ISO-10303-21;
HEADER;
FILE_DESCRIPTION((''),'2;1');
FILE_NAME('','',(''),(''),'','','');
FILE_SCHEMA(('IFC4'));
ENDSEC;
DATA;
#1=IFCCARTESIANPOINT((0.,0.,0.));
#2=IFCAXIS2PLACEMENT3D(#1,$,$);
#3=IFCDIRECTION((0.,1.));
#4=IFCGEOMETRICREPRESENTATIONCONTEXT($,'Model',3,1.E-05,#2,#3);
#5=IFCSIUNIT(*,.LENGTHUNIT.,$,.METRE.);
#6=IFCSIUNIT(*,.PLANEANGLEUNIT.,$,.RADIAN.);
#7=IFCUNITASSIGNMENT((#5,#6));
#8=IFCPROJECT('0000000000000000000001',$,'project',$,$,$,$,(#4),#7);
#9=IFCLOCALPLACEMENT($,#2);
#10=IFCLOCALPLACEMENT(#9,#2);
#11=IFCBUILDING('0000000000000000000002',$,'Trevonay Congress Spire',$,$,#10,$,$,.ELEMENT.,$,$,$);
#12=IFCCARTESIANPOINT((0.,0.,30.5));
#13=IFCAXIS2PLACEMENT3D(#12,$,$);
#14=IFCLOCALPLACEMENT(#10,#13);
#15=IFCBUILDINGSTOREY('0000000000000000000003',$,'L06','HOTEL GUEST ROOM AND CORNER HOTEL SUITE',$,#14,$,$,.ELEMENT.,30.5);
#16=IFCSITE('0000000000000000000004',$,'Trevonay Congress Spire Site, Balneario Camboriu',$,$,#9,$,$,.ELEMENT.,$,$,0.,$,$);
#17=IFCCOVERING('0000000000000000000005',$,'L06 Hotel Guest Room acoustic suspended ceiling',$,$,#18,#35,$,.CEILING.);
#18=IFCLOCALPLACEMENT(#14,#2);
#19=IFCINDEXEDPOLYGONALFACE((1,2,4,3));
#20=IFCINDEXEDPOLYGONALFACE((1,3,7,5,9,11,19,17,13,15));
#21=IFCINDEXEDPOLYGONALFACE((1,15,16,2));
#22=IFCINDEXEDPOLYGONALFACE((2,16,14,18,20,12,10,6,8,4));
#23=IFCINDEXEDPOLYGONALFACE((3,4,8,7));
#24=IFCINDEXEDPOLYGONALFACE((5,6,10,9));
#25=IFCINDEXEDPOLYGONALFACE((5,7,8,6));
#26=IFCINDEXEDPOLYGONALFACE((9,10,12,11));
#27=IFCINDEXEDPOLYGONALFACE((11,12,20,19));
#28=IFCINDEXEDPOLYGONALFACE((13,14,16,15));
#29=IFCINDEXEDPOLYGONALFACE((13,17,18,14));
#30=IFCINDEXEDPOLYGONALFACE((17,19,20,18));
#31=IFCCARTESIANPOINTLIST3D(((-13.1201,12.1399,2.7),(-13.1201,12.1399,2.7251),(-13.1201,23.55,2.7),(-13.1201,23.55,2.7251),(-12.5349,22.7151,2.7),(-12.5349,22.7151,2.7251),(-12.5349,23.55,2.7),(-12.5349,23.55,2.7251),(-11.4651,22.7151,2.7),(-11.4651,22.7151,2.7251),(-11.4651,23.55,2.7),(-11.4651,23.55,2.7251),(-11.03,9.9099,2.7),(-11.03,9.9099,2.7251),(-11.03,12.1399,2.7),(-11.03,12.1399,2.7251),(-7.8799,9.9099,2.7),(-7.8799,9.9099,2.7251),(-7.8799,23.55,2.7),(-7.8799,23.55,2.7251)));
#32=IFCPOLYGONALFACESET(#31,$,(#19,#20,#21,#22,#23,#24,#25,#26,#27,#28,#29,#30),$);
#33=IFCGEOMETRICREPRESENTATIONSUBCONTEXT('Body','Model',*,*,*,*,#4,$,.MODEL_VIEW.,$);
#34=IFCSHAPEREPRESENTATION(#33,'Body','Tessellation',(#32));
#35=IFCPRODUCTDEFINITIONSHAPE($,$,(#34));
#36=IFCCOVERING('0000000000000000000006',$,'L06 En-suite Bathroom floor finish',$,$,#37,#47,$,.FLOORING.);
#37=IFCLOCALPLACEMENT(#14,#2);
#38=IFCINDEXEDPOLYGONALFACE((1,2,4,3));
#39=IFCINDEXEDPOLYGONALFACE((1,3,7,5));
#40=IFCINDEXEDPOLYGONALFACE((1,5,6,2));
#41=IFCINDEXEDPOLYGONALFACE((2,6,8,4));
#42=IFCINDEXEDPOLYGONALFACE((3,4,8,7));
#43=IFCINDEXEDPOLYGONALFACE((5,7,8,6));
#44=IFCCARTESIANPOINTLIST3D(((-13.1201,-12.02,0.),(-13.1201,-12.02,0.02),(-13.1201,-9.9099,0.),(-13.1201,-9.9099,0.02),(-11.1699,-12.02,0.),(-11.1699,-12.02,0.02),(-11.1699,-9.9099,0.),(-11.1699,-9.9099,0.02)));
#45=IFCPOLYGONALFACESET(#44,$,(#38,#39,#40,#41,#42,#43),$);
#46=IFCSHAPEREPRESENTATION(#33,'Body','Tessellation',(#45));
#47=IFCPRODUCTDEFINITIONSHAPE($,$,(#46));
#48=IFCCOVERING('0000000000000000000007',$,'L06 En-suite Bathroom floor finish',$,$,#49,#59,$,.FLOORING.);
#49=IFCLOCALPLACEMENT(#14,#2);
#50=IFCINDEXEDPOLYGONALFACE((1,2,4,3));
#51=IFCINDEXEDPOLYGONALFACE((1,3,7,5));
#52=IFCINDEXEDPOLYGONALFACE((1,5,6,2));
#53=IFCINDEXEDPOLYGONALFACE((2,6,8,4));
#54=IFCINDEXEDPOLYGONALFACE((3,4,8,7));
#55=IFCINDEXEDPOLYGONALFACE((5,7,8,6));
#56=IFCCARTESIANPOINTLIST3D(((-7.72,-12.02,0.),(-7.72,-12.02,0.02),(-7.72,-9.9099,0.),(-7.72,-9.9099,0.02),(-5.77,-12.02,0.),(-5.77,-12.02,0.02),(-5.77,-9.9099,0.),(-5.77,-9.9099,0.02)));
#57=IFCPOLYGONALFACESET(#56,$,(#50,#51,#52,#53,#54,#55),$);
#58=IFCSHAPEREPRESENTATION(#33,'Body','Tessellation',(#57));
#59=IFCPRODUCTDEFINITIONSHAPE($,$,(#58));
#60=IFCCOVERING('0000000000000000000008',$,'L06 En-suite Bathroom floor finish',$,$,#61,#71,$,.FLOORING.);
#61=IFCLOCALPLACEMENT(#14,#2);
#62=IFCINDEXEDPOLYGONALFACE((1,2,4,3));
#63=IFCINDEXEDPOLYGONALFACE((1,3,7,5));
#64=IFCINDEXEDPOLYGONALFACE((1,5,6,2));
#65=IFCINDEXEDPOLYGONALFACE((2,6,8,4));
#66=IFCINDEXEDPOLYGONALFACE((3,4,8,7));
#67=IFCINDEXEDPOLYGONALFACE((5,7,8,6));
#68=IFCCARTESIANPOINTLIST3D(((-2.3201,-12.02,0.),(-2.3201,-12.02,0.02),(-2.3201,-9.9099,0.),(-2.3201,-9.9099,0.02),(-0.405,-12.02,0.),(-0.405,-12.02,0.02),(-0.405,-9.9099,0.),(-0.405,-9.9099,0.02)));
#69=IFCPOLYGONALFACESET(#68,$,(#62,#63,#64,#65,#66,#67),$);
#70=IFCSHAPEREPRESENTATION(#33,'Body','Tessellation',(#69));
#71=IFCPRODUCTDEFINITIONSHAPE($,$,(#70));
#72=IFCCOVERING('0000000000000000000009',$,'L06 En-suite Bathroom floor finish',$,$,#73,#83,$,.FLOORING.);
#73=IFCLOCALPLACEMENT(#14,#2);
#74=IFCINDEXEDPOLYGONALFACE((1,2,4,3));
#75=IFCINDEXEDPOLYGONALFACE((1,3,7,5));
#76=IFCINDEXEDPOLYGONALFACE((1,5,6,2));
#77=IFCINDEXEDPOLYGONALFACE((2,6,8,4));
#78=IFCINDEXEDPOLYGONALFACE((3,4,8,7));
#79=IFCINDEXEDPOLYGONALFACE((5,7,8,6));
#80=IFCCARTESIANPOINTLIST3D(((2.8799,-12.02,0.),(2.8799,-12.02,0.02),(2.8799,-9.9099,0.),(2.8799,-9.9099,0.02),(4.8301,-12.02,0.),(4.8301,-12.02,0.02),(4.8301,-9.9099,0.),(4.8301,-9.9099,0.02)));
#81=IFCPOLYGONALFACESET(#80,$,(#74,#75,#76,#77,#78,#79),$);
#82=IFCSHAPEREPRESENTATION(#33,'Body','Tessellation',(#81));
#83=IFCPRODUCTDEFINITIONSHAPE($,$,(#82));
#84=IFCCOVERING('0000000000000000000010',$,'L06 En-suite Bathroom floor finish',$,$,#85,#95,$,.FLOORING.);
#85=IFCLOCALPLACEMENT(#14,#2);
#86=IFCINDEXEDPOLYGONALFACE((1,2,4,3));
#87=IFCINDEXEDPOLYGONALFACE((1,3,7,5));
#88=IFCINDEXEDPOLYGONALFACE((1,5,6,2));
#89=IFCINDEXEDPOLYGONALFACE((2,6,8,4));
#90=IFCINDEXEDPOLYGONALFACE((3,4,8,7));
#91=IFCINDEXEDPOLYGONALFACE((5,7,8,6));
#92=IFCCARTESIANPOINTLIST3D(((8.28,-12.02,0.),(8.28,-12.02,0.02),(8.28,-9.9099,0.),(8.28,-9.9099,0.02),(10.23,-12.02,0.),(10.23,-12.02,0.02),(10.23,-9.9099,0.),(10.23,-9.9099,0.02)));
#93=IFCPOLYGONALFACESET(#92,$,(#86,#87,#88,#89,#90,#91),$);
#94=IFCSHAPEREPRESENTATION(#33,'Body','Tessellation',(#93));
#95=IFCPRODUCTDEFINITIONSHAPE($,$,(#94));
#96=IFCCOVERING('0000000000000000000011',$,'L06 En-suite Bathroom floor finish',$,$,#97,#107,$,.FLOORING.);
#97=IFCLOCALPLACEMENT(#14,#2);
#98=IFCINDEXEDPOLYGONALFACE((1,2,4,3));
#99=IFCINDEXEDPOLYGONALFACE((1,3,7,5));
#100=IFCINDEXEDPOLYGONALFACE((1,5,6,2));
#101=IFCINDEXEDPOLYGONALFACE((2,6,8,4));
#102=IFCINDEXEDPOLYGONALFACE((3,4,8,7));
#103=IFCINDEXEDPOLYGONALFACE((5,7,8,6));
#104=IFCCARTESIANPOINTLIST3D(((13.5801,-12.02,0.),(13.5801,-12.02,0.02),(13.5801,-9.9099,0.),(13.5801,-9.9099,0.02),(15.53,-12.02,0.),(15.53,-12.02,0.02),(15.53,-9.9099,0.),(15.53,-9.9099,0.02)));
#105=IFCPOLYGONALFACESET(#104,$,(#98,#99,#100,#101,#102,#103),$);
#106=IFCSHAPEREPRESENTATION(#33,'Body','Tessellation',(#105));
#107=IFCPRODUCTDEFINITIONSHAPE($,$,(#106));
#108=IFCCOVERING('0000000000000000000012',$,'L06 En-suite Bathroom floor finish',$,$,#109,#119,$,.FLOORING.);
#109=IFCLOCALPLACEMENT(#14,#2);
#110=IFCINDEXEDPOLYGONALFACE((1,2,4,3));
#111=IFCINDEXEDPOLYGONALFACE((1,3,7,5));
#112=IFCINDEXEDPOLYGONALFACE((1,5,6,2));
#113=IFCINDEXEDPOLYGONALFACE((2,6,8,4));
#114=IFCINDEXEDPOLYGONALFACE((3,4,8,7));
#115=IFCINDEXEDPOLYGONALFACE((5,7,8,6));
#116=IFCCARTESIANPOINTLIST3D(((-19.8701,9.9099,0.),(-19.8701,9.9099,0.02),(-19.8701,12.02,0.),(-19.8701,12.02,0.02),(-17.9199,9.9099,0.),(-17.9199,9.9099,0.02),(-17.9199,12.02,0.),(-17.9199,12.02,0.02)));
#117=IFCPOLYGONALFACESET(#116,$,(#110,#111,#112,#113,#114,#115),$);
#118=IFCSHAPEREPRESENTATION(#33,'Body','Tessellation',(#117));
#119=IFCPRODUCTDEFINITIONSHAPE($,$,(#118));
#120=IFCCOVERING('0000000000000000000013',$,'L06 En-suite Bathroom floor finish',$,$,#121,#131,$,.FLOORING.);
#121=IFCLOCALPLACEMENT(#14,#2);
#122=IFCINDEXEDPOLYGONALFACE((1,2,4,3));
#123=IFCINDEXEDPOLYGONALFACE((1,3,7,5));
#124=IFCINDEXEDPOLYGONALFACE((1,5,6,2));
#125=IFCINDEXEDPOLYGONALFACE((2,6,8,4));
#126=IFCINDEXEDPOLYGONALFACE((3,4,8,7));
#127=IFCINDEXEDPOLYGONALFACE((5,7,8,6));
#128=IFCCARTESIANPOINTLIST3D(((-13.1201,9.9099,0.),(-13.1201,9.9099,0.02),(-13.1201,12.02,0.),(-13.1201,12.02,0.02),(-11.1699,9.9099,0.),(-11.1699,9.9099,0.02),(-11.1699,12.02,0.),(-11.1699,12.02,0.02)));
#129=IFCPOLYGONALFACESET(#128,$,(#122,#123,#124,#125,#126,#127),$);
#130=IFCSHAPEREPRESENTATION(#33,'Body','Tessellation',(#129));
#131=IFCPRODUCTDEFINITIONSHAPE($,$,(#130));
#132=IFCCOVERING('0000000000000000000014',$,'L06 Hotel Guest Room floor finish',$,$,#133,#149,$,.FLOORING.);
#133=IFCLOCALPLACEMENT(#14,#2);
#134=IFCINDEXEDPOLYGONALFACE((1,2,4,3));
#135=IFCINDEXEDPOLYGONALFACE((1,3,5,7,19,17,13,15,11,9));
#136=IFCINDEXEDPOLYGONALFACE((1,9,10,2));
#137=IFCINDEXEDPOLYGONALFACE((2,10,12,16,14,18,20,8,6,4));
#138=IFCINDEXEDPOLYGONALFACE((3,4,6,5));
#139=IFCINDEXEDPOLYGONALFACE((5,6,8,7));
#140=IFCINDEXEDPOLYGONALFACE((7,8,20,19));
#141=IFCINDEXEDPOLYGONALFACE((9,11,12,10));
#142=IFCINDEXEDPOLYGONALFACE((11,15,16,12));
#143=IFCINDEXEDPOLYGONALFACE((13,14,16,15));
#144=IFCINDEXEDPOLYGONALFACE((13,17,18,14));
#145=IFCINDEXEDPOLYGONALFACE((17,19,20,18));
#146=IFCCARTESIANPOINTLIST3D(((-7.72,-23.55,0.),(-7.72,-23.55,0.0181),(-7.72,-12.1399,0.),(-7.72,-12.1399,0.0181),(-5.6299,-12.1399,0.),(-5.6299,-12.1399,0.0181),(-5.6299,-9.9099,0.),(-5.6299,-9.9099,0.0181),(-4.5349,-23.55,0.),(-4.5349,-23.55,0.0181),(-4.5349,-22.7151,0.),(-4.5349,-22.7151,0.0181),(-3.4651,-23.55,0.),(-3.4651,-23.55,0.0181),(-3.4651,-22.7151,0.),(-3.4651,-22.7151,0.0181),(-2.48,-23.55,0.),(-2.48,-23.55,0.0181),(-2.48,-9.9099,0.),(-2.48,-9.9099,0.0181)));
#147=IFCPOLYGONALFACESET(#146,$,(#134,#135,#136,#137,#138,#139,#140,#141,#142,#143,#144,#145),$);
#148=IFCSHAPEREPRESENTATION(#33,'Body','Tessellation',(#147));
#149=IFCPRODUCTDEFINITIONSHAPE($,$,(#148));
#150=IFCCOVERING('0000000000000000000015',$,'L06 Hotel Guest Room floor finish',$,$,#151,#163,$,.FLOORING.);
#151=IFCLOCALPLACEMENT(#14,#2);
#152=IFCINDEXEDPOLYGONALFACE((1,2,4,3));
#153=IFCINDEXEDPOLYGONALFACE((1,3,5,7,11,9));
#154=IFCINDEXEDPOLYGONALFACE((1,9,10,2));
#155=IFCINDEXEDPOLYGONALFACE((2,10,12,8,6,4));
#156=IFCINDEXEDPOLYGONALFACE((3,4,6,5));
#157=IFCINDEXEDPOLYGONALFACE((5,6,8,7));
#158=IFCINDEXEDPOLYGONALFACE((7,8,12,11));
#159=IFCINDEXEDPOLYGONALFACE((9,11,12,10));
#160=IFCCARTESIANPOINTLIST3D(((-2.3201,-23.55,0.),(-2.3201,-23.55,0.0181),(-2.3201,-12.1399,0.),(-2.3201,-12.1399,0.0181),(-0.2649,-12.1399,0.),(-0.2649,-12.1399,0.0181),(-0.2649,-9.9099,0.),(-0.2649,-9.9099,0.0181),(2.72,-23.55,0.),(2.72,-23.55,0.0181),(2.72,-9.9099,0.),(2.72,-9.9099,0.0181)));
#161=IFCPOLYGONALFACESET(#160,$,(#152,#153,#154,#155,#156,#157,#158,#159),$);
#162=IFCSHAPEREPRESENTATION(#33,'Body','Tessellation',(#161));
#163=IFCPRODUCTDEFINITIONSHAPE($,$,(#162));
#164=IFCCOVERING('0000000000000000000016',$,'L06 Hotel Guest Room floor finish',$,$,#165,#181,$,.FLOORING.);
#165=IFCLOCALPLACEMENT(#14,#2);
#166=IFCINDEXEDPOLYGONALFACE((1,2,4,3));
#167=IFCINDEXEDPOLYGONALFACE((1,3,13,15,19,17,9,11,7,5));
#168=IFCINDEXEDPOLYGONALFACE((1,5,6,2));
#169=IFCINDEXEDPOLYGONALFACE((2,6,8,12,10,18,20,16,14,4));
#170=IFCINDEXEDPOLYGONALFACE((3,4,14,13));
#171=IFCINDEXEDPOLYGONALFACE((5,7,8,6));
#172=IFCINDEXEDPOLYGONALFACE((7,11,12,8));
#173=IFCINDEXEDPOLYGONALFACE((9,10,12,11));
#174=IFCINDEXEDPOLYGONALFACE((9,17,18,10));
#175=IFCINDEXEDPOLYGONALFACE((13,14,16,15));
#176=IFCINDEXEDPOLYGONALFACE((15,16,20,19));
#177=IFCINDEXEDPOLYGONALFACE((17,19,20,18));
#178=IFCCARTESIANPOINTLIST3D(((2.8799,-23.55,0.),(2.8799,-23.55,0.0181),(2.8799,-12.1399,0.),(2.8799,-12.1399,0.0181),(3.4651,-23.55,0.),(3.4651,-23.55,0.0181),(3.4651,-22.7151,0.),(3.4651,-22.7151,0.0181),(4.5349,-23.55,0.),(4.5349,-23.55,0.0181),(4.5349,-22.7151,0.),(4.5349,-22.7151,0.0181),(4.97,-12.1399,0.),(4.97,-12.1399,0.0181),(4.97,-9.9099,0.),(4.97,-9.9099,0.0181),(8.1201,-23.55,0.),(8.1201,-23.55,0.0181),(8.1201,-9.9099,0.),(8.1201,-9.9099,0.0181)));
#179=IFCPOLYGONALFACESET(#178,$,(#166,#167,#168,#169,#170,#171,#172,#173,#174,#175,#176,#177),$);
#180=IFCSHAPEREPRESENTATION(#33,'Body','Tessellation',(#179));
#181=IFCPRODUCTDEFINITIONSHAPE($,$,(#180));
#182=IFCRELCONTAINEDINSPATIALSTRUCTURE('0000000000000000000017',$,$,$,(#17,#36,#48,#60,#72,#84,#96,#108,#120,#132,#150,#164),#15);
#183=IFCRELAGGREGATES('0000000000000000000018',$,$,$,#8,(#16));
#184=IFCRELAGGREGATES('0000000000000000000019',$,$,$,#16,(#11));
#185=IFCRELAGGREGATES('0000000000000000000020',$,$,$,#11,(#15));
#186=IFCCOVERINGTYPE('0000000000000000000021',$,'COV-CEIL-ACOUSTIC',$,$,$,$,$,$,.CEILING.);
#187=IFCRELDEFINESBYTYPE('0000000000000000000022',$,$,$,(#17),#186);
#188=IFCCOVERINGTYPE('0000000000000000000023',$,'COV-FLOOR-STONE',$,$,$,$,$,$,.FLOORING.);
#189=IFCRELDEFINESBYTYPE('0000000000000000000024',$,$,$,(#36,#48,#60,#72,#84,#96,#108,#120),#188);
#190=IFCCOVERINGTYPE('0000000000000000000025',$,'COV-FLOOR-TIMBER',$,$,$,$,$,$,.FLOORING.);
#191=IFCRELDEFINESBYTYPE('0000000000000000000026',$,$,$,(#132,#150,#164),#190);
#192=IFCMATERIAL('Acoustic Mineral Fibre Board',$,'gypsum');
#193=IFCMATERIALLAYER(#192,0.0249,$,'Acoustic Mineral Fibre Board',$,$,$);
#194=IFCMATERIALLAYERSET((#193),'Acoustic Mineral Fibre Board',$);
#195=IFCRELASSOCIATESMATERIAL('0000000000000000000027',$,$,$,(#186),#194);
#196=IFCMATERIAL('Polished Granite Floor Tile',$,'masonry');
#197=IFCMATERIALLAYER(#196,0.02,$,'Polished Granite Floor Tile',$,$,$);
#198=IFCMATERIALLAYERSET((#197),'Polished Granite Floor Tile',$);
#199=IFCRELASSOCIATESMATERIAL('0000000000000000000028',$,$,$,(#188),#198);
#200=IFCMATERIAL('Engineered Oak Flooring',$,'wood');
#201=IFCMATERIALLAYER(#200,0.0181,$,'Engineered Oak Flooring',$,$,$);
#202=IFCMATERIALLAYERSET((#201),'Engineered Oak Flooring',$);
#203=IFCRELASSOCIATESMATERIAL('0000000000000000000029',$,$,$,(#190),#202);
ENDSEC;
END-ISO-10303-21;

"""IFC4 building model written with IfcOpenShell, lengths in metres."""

from ifc_helpers import new_model, si_unit, direction, frame, origin, place, context, subcontext, project, spatial, polyline, outline, extrude, material, layer, layer_set, type_object, element, save


model = new_model("IFC4")

# Units and contexts
model_context = context("Model", 3, precision=1e-05, world=origin(), true_north=direction((0.0, 1.0)))
body_context = subcontext(model_context, "Body", "Model", "MODEL_VIEW")
ifc_project = project(units=[si_unit("LENGTHUNIT", "METRE"), si_unit("PLANEANGLEUNIT", "RADIAN")], contexts=[model_context])

# Site, building, storey
site_placement = place(None, origin())
site = spatial("IfcSite", under=ifc_project, at=site_placement, Name="Trevonay Congress Spire Site, Balneario Camboriu", CompositionType="ELEMENT", RefElevation=0.0)
building_placement = place(site_placement, origin())
building = spatial("IfcBuilding", under=site, at=building_placement, Name="Trevonay Congress Spire", CompositionType="ELEMENT")
storey_placement = place(building_placement, frame((0.0, 0.0, 30.5)))
storey = spatial("IfcBuildingStorey", under=building, at=storey_placement, Name="L06", Description="HOTEL GUEST ROOM AND CORNER HOTEL SUITE", CompositionType="ELEMENT", Elevation=30.5)

# Coverings
ifc_material_1 = material(Name="Acoustic Mineral Fibre Board", Category="gypsum")
ifc_layer_1 = layer(ifc_material_1, 0.0249, Name="Acoustic Mineral Fibre Board")
ifc_layer_set_1 = layer_set([ifc_layer_1], Name="Acoustic Mineral Fibre Board")
covering_type_1 = type_object("IfcCoveringType", Name="COV-CEIL-ACOUSTIC", PredefinedType="CEILING", material=ifc_layer_set_1)
covering_1_placement = place(storey_placement, frame((0.0, 0.0, 2.7)))
element("IfcCovering", 1, at=covering_1_placement, inside=storey, type_object=covering_type_1, Name="L06 Hotel Guest Room acoustic suspended ceiling", PredefinedType="CEILING", context=body_context, shape_type="SweptSolid", body=[
    extrude(outline(polyline([(-7.8799, 23.55), (-7.8799, 9.9099), (-11.03, 9.9099), (-11.03, 12.1399), (-13.1201, 12.1399), (-13.1201, 23.55), (-12.5349, 23.55), (-12.5349, 22.7151), (-11.4651, 22.7151), (-11.4651, 23.55), (-7.8799, 23.55)])), origin(), (0.0, 0.0, 1.0), 0.0251),
])
ifc_material_2 = material(Name="Polished Granite Floor Tile", Category="masonry")
ifc_layer_2 = layer(ifc_material_2, 0.02, Name="Polished Granite Floor Tile")
ifc_layer_set_2 = layer_set([ifc_layer_2], Name="Polished Granite Floor Tile")
covering_type_2 = type_object("IfcCoveringType", Name="COV-FLOOR-STONE", PredefinedType="FLOORING", material=ifc_layer_set_2)
covering_2_placement = place(storey_placement, origin())
element("IfcCovering", 2, at=covering_2_placement, inside=storey, type_object=covering_type_2, Name="L06 En-suite Bathroom floor finish", PredefinedType="FLOORING", context=body_context, shape_type="SweptSolid", body=[
    extrude(outline(polyline([(-13.1201, -12.02), (-11.1699, -12.02), (-11.1699, -9.9099), (-13.1201, -9.9099), (-13.1201, -12.02)])), origin(), (0.0, 0.0, 1.0), 0.02),
])
covering_3_placement = place(storey_placement, origin())
element("IfcCovering", 3, at=covering_3_placement, inside=storey, type_object=covering_type_2, Name="L06 En-suite Bathroom floor finish", PredefinedType="FLOORING", context=body_context, shape_type="SweptSolid", body=[
    extrude(outline(polyline([(-7.72, -12.02), (-5.77, -12.02), (-5.77, -9.9099), (-7.72, -9.9099), (-7.72, -12.02)])), origin(), (0.0, 0.0, 1.0), 0.02),
])
covering_4_placement = place(storey_placement, origin())
element("IfcCovering", 4, at=covering_4_placement, inside=storey, type_object=covering_type_2, Name="L06 En-suite Bathroom floor finish", PredefinedType="FLOORING", context=body_context, shape_type="SweptSolid", body=[
    extrude(outline(polyline([(-2.3201, -12.02), (-0.405, -12.02), (-0.405, -9.9099), (-2.3201, -9.9099), (-2.3201, -12.02)])), origin(), (0.0, 0.0, 1.0), 0.02),
])
covering_5_placement = place(storey_placement, origin())
element("IfcCovering", 5, at=covering_5_placement, inside=storey, type_object=covering_type_2, Name="L06 En-suite Bathroom floor finish", PredefinedType="FLOORING", context=body_context, shape_type="SweptSolid", body=[
    extrude(outline(polyline([(2.8799, -12.02), (4.8301, -12.02), (4.8301, -9.9099), (2.8799, -9.9099), (2.8799, -12.02)])), origin(), (0.0, 0.0, 1.0), 0.02),
])
covering_6_placement = place(storey_placement, origin())
element("IfcCovering", 6, at=covering_6_placement, inside=storey, type_object=covering_type_2, Name="L06 En-suite Bathroom floor finish", PredefinedType="FLOORING", context=body_context, shape_type="SweptSolid", body=[
    extrude(outline(polyline([(8.28, -12.02), (10.23, -12.02), (10.23, -9.9099), (8.28, -9.9099), (8.28, -12.02)])), origin(), (0.0, 0.0, 1.0), 0.02),
])
covering_7_placement = place(storey_placement, origin())
element("IfcCovering", 7, at=covering_7_placement, inside=storey, type_object=covering_type_2, Name="L06 En-suite Bathroom floor finish", PredefinedType="FLOORING", context=body_context, shape_type="SweptSolid", body=[
    extrude(outline(polyline([(13.5801, -12.02), (15.53, -12.02), (15.53, -9.9099), (13.5801, -9.9099), (13.5801, -12.02)])), origin(), (0.0, 0.0, 1.0), 0.02),
])
covering_8_placement = place(storey_placement, origin())
element("IfcCovering", 8, at=covering_8_placement, inside=storey, type_object=covering_type_2, Name="L06 En-suite Bathroom floor finish", PredefinedType="FLOORING", context=body_context, shape_type="SweptSolid", body=[
    extrude(outline(polyline([(-19.8701, 9.9099), (-17.9199, 9.9099), (-17.9199, 12.02), (-19.8701, 12.02), (-19.8701, 9.9099)])), origin(), (0.0, 0.0, 1.0), 0.02),
])
covering_9_placement = place(storey_placement, origin())
element("IfcCovering", 9, at=covering_9_placement, inside=storey, type_object=covering_type_2, Name="L06 En-suite Bathroom floor finish", PredefinedType="FLOORING", context=body_context, shape_type="SweptSolid", body=[
    extrude(outline(polyline([(-13.1201, 9.9099), (-11.1699, 9.9099), (-11.1699, 12.02), (-13.1201, 12.02), (-13.1201, 9.9099)])), origin(), (0.0, 0.0, 1.0), 0.02),
])
ifc_material_3 = material(Name="Engineered Oak Flooring", Category="wood")
ifc_layer_3 = layer(ifc_material_3, 0.0181, Name="Engineered Oak Flooring")
ifc_layer_set_3 = layer_set([ifc_layer_3], Name="Engineered Oak Flooring")
covering_type_3 = type_object("IfcCoveringType", Name="COV-FLOOR-TIMBER", PredefinedType="FLOORING", material=ifc_layer_set_3)
covering_10_placement = place(storey_placement, origin())
element("IfcCovering", 10, at=covering_10_placement, inside=storey, type_object=covering_type_3, Name="L06 Hotel Guest Room floor finish", PredefinedType="FLOORING", context=body_context, shape_type="SweptSolid", body=[
    extrude(outline(polyline([(-7.72, -23.55), (-7.72, -12.1399), (-5.6299, -12.1399), (-5.6299, -9.9099), (-2.48, -9.9099), (-2.48, -23.55), (-3.4651, -23.55), (-3.4651, -22.7151), (-4.5349, -22.7151), (-4.5349, -23.55), (-7.72, -23.55)])), origin(), (0.0, 0.0, 1.0), 0.0181),
])
covering_11_placement = place(storey_placement, origin())
element("IfcCovering", 11, at=covering_11_placement, inside=storey, type_object=covering_type_3, Name="L06 Hotel Guest Room floor finish", PredefinedType="FLOORING", context=body_context, shape_type="SweptSolid", body=[
    extrude(outline(polyline([(-2.3201, -23.55), (2.72, -23.55), (2.72, -9.9099), (-0.2649, -9.9099), (-0.2649, -12.1399), (-2.3201, -12.1399), (-2.3201, -23.55)])), origin(), (0.0, 0.0, 1.0), 0.0181),
])
covering_12_placement = place(storey_placement, origin())
element("IfcCovering", 12, at=covering_12_placement, inside=storey, type_object=covering_type_3, Name="L06 Hotel Guest Room floor finish", PredefinedType="FLOORING", context=body_context, shape_type="SweptSolid", body=[
    extrude(outline(polyline([(2.8799, -23.55), (2.8799, -12.1399), (4.97, -12.1399), (4.97, -9.9099), (8.1201, -9.9099), (8.1201, -23.55), (4.5349, -23.55), (4.5349, -22.7151), (3.4651, -22.7151), (3.4651, -23.55), (2.8799, -23.55)])), origin(), (0.0, 0.0, 1.0), 0.0181),
])

save(model, "model.ifc")
